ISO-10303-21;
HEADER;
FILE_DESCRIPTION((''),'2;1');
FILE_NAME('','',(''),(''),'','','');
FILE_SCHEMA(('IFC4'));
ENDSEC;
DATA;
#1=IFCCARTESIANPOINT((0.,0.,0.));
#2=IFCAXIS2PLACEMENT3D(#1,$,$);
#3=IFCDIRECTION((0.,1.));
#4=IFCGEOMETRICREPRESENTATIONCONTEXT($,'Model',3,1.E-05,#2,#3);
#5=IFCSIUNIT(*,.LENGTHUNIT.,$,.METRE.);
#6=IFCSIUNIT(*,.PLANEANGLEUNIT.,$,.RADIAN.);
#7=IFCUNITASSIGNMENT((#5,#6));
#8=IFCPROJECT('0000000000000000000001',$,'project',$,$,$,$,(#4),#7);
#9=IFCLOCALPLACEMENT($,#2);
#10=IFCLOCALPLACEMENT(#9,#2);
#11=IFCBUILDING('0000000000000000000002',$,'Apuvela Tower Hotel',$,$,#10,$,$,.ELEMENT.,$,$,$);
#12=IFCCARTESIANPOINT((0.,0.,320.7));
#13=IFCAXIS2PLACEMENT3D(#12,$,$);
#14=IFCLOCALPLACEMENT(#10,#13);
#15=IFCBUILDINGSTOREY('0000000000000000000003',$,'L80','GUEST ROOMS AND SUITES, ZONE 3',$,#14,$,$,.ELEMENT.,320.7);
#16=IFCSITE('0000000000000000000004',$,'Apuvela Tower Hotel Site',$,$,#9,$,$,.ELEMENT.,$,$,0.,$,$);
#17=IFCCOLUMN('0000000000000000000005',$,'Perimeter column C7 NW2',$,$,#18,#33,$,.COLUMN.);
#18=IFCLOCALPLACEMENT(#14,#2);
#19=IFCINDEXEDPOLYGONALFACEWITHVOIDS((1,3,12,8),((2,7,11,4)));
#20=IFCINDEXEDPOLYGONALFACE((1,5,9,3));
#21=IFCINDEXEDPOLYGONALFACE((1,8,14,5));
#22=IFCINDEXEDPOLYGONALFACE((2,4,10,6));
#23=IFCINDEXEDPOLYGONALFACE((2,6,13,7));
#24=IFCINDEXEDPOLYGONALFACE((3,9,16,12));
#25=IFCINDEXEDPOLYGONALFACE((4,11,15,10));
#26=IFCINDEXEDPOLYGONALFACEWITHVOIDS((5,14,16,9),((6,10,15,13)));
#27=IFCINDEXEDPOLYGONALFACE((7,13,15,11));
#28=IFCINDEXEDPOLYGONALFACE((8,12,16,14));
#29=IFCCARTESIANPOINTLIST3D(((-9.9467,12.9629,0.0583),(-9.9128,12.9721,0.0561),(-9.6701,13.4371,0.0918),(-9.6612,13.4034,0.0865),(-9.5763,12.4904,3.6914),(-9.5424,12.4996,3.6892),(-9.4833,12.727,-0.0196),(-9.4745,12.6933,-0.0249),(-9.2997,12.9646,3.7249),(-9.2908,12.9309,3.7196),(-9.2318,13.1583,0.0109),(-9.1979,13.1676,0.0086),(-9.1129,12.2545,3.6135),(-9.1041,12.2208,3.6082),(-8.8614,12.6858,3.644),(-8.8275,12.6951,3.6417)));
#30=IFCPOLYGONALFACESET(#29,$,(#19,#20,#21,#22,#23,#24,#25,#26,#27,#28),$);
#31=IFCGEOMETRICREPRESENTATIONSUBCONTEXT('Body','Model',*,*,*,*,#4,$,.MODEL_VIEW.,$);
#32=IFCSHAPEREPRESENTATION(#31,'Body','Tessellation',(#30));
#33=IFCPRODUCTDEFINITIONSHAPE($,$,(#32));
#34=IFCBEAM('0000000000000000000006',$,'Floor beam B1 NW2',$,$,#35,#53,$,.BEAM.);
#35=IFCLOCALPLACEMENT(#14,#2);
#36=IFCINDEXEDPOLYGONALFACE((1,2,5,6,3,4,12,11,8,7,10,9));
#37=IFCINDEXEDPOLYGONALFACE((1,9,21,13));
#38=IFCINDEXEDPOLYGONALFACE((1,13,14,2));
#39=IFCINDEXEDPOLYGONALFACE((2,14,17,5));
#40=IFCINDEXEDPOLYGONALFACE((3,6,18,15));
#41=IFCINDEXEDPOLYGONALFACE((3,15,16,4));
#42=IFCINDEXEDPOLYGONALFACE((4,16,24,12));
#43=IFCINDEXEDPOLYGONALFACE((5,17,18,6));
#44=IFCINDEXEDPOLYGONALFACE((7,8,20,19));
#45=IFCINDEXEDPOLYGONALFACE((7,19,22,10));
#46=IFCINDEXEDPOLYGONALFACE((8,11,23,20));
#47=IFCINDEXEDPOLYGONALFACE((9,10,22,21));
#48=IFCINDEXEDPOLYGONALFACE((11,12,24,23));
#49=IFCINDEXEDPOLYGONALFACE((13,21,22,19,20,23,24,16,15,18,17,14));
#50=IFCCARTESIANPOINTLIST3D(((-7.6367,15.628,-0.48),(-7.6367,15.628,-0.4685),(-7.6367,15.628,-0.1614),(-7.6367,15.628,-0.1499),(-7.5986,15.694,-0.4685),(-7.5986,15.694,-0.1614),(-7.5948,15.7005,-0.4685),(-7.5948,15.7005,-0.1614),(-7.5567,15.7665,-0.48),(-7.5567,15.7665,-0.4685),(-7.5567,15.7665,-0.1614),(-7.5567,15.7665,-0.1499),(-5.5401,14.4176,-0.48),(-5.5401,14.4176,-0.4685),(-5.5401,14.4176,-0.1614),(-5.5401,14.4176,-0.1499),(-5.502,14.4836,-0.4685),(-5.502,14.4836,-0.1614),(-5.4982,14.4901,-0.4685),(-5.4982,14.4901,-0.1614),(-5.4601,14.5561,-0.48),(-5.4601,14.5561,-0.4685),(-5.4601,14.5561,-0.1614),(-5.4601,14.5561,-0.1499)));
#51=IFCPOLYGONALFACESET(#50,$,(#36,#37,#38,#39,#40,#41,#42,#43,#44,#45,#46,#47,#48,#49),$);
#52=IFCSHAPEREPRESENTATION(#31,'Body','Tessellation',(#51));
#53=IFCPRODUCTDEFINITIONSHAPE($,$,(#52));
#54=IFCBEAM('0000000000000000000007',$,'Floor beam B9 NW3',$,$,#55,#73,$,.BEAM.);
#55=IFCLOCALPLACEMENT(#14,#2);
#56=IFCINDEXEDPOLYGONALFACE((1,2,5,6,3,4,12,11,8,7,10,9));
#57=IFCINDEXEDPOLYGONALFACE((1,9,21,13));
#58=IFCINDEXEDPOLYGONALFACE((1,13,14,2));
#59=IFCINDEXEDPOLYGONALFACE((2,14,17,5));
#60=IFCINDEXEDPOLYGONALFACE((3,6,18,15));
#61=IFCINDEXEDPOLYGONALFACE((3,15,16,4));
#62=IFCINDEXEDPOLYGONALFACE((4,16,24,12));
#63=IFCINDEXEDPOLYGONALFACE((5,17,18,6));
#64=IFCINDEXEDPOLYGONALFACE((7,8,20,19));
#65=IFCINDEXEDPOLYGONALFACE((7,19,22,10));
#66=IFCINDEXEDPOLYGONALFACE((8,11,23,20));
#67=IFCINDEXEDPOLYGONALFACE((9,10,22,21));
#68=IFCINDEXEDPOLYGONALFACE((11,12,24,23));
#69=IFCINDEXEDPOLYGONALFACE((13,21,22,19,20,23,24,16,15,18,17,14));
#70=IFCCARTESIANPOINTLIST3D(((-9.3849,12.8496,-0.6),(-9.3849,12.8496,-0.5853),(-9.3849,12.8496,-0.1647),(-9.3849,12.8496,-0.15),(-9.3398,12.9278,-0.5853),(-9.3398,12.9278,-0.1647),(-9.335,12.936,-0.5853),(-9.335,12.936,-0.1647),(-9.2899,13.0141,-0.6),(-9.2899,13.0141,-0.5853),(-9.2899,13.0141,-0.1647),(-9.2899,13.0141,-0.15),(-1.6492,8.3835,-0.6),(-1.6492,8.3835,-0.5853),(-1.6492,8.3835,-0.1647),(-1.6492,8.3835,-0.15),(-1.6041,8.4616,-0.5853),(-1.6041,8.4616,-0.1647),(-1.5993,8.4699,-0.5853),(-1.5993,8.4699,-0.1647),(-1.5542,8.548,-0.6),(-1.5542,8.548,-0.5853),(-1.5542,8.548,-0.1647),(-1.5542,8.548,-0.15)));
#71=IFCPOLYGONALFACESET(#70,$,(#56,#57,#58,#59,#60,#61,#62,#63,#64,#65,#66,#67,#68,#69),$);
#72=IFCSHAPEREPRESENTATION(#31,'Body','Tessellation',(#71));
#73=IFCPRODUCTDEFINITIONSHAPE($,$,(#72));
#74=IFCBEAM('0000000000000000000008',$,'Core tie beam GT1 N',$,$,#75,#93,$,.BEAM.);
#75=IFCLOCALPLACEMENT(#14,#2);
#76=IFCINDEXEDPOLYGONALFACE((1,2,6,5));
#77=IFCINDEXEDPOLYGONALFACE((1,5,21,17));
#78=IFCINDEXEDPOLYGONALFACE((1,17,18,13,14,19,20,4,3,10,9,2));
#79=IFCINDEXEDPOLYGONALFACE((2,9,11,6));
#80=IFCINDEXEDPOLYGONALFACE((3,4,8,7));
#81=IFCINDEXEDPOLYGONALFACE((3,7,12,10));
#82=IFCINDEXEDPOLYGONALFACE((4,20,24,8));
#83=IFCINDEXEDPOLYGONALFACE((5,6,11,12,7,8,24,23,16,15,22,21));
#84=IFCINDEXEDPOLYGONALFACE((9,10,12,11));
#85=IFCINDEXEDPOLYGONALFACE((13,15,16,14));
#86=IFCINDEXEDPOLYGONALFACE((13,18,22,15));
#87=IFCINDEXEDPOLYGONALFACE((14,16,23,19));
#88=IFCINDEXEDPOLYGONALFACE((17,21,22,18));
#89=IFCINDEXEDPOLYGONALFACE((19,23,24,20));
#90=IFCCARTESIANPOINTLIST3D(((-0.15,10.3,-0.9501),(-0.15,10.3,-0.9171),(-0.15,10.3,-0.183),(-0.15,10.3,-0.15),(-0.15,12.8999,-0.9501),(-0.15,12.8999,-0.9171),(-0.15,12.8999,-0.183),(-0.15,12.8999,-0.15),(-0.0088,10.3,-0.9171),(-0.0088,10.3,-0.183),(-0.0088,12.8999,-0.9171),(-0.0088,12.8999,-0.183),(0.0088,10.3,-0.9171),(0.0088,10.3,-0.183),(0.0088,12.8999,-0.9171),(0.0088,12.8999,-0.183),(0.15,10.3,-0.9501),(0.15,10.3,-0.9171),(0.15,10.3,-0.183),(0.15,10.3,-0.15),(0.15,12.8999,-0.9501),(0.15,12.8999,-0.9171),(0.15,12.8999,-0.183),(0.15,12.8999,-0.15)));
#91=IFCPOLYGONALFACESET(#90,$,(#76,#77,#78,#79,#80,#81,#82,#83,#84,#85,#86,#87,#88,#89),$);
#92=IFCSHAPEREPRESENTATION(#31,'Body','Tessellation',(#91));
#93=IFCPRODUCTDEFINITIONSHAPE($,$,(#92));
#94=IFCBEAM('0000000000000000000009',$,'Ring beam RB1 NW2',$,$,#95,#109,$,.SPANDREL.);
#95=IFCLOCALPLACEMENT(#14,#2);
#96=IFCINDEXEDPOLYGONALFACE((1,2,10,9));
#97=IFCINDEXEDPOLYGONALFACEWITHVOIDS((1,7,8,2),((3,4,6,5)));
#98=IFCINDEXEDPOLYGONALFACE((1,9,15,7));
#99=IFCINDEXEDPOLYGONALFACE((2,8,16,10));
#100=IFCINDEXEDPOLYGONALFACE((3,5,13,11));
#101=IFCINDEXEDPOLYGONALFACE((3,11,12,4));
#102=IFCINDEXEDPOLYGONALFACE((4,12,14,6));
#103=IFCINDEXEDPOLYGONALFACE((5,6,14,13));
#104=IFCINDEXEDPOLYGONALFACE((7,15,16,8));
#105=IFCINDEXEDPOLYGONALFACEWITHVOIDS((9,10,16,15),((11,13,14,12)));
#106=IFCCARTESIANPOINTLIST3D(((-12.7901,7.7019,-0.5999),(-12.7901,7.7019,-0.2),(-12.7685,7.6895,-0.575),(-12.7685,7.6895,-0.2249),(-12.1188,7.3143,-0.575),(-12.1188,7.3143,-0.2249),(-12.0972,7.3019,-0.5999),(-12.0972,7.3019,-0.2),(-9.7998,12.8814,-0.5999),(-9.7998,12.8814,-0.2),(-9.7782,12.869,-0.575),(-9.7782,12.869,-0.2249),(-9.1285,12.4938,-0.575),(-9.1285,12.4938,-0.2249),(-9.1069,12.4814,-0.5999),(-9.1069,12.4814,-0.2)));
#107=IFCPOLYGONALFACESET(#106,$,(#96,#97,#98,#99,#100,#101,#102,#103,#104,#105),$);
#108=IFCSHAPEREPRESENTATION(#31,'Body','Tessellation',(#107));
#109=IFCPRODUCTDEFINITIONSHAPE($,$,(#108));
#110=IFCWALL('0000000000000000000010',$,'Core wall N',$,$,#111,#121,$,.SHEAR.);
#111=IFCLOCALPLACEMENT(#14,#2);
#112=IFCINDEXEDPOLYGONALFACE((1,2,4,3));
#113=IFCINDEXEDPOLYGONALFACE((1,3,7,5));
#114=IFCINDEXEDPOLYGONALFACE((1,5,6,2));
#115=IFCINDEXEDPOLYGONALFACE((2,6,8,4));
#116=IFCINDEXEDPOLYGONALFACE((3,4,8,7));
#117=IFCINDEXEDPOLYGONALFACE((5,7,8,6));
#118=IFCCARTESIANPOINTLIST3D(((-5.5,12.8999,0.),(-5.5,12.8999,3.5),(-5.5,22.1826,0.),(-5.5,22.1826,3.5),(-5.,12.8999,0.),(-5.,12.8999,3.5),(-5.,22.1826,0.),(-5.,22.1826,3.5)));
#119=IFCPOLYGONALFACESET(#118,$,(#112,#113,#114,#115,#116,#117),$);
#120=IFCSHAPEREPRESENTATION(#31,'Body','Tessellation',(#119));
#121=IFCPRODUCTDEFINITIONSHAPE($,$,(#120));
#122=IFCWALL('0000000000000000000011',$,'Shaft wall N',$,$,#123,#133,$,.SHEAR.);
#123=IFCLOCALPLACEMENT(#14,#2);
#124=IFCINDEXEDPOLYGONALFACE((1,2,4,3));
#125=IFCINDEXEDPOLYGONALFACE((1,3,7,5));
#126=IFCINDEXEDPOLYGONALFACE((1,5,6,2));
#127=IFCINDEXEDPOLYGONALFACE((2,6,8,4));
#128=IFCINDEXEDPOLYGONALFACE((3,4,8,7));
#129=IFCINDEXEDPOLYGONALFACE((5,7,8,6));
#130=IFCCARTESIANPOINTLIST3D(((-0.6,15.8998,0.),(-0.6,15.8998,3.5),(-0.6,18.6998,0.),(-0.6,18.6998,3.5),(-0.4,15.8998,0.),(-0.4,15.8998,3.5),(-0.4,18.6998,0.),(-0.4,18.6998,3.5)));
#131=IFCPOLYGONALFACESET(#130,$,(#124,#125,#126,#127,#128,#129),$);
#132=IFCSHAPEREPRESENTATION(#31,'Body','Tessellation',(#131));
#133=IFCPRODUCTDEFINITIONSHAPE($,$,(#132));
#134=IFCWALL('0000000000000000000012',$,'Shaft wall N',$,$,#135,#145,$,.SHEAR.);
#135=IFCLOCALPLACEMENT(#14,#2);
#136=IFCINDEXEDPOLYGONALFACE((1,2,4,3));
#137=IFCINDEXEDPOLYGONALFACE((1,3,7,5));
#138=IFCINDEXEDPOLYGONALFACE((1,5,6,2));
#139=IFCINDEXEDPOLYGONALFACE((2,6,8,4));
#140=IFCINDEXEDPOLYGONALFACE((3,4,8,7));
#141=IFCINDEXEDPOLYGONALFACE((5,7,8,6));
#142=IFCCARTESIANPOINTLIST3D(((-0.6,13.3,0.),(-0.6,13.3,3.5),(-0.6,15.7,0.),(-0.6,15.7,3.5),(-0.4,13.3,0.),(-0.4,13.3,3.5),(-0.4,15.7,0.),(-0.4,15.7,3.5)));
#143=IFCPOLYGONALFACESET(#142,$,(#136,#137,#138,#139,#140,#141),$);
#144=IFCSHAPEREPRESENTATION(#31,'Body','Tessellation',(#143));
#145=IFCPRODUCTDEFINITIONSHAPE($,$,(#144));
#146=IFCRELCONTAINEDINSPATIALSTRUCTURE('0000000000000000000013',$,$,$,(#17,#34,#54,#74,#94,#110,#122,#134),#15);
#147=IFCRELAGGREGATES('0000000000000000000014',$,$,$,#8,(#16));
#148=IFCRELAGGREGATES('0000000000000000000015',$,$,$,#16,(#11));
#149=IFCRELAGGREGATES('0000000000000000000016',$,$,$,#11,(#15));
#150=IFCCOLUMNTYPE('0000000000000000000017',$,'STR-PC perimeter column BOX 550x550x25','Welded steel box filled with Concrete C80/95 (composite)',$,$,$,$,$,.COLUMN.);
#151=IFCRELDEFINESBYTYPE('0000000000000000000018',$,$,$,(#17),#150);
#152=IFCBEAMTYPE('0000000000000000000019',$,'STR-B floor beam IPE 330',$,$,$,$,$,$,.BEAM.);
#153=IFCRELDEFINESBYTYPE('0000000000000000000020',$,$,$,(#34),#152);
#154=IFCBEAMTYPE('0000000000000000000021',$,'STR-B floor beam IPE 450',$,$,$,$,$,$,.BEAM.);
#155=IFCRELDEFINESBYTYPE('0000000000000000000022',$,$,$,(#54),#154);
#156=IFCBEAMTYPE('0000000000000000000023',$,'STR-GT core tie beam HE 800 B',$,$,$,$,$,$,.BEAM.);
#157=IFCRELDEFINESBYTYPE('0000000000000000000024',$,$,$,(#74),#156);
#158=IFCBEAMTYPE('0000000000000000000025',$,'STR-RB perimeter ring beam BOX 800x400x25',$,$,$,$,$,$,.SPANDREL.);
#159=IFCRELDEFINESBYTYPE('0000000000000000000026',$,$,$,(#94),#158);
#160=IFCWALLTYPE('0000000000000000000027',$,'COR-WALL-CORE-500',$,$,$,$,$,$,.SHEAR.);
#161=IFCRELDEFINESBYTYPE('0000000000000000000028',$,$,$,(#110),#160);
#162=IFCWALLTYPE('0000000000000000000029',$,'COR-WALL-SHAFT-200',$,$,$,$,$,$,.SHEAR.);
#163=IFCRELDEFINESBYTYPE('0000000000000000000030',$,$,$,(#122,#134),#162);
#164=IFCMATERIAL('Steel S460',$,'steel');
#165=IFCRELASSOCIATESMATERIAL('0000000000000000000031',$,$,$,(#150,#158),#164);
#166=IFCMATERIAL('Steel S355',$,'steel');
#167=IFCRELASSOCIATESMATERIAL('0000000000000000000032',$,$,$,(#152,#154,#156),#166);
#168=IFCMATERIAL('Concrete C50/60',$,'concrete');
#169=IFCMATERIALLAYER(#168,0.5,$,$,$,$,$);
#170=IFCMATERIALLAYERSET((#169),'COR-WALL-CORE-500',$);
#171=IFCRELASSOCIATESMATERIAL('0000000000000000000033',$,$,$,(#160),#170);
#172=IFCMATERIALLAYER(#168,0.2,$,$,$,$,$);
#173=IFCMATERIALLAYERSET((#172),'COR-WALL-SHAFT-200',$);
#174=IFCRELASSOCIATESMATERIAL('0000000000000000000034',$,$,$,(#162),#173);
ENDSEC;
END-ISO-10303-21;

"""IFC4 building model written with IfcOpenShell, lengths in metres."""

from ifc_helpers import new_model, si_unit, direction, frame, frame_2d, origin, origin_2d, place, context, subcontext, project, spatial, rectangle, hollow_rectangle, i_section, extrude, boolean, halfspace, material, layer, layer_set, material_profile, profile_set, type_object, element, save


model = new_model("IFC4")

# Units and contexts
model_context = context("Model", 3, precision=1e-05, world=origin(), true_north=direction((0.0, 1.0)))
body_context = subcontext(model_context, "Body", "Model", "MODEL_VIEW")
ifc_project = project(units=[si_unit("LENGTHUNIT", "METRE"), si_unit("PLANEANGLEUNIT", "RADIAN")], contexts=[model_context])

# Site, building, storey
site_placement = place(None, origin())
site = spatial("IfcSite", under=ifc_project, at=site_placement, Name="Apuvela Tower Hotel Site", CompositionType="ELEMENT", RefElevation=0.0)
building_placement = place(site_placement, origin())
building = spatial("IfcBuilding", under=site, at=building_placement, Name="Apuvela Tower Hotel", CompositionType="ELEMENT")
storey_placement = place(building_placement, frame((0.0, 0.0, 320.7)))
storey = spatial("IfcBuildingStorey", under=building, at=storey_placement, Name="L80", Description="GUEST ROOMS AND SUITES, ZONE 3", CompositionType="ELEMENT", Elevation=320.7)

# Column
ifc_material_1 = material(Name="Steel S460", Category="steel")
ifc_material_profile_1 = material_profile(ifc_material_1, hollow_rectangle(XDim=0.55, YDim=0.55, WallThickness=0.0249, at=origin_2d()), Name="BOX 550x550x25")
ifc_material_2 = material(Name="Concrete C80/95", Category="concrete")
ifc_material_profile_2 = material_profile(ifc_material_2, rectangle(XDim=0.5, YDim=0.5, at=origin_2d()), Name="Concrete C80/95 infill")
ifc_profile_set_1 = profile_set([ifc_material_profile_1, ifc_material_profile_2], Name="Steel S460")
column_type = type_object("IfcColumnType", Name="STR-PC perimeter column BOX 550x550x25", Description="Welded steel box filled with Concrete C80/95 (composite)", PredefinedType="COLUMN", material=ifc_profile_set_1)
column_placement = place(storey_placement, frame((-9.5757, 13.0696, 0.0), z_axis=(0.100582, -0.128316, 0.98662), x_axis=(0.50286, 0.862222, 0.060872)))
element("IfcColumn", 1, at=column_placement, inside=storey, type_object=column_type, Name="Perimeter column C7 NW2", PredefinedType="COLUMN", context=body_context, shape_type="SweptSolid", body=[
    boolean("DIFFERENCE", boolean("DIFFERENCE", extrude(hollow_rectangle(XDim=0.55, YDim=0.55, WallThickness=0.0249, at=origin_2d()), origin(), (0.0, 0.0, 1.0), 3.7502), halfspace(frame((0.0, 0.0, 0.0339), z_axis=(0.0, 0.0, 1.0), x_axis=(1.0, 0.0, 0.0)), True)), halfspace(frame((0.0, 0.0, 3.7163), z_axis=(0.0, 0.0, 1.0), x_axis=(1.0, 0.0, 0.0)), False)),
])

# Beams
ifc_material_3 = material(Name="Steel S355", Category="steel")
ifc_material_profile_3 = material_profile(ifc_material_3, i_section(OverallWidth=0.1599, OverallDepth=0.3301, WebThickness=0.0076, FlangeThickness=0.0115, at=origin_2d()), Name="IPE 330")
ifc_profile_set_2 = profile_set([ifc_material_profile_3], Name="Steel S355")
beam_type_1 = type_object("IfcBeamType", Name="STR-B floor beam IPE 330", PredefinedType="BEAM", material=ifc_profile_set_2)
beam_1_placement = place(storey_placement, frame((-7.5967, 15.6973, -0.3149), z_axis=(0.866038, -0.499979, 0.0), x_axis=(0.499979, 0.866038, 0.0)))
element("IfcBeam", 2, at=beam_1_placement, inside=storey, type_object=beam_type_1, Name="Floor beam B1 NW2", PredefinedType="BEAM", context=body_context, shape_type="SweptSolid", body=[
    extrude(i_section(OverallWidth=0.1599, OverallDepth=0.3301, WebThickness=0.0076, FlangeThickness=0.0115, at=origin_2d()), origin(), (0.0, 0.0, 1.0), 2.4209),
])
ifc_material_profile_4 = material_profile(ifc_material_3, i_section(OverallWidth=0.1899, OverallDepth=0.45, WebThickness=0.0095, FlangeThickness=0.0146, at=origin_2d()), Name="IPE 450")
ifc_profile_set_3 = profile_set([ifc_material_profile_4], Name="Steel S355")
beam_type_2 = type_object("IfcBeamType", Name="STR-B floor beam IPE 450", PredefinedType="BEAM", material=ifc_profile_set_3)
beam_2_placement = place(storey_placement, frame((-9.3374, 12.9319, -0.375), z_axis=(0.866029, -0.499993, 0.0), x_axis=(0.499993, 0.866029, 0.0)))
element("IfcBeam", 3, at=beam_2_placement, inside=storey, type_object=beam_type_2, Name="Floor beam B9 NW3", PredefinedType="BEAM", context=body_context, shape_type="SweptSolid", body=[
    extrude(i_section(OverallWidth=0.1899, OverallDepth=0.45, WebThickness=0.0095, FlangeThickness=0.0146, at=origin_2d()), origin(), (0.0, 0.0, 1.0), 8.9324),
])
ifc_material_profile_5 = material_profile(ifc_material_3, i_section(OverallWidth=0.3, OverallDepth=0.8, WebThickness=0.0176, FlangeThickness=0.033, at=origin_2d()), Name="HE 800 B")
ifc_profile_set_4 = profile_set([ifc_material_profile_5], Name="Steel S355")
beam_type_3 = type_object("IfcBeamType", Name="STR-GT core tie beam HE 800 B", PredefinedType="BEAM", material=ifc_profile_set_4)
beam_3_placement = place(storey_placement, frame((0.0, 12.8999, -0.55), z_axis=(0.0, -1.0, 0.0), x_axis=(1.0, 0.0, 0.0)))
element("IfcBeam", 4, at=beam_3_placement, inside=storey, type_object=beam_type_3, Name="Core tie beam GT1 N", PredefinedType="BEAM", context=body_context, shape_type="SweptSolid", body=[
    extrude(i_section(OverallWidth=0.3, OverallDepth=0.8, WebThickness=0.0176, FlangeThickness=0.033, at=origin_2d()), origin(), (0.0, 0.0, 1.0), 2.5999),
])
ifc_material_profile_6 = material_profile(ifc_material_1, hollow_rectangle(XDim=0.8, YDim=0.3999, WallThickness=0.0249, at=origin_2d()), Name="BOX 800x400x25")
ifc_profile_set_5 = profile_set([ifc_material_profile_6], Name="Steel S460")
beam_type_4 = type_object("IfcBeamType", Name="STR-RB perimeter ring beam BOX 800x400x25", PredefinedType="SPANDREL", material=ifc_profile_set_5)
beam_4_placement = place(storey_placement, frame((-9.4534, 12.6814, -0.3999), z_axis=(-0.499985, -0.866034, 0.0), x_axis=(0.866034, -0.499985, 0.0)))
element("IfcBeam", 5, at=beam_4_placement, inside=storey, type_object=beam_type_4, Name="Ring beam RB1 NW2", PredefinedType="SPANDREL", context=body_context, shape_type="SweptSolid", body=[
    extrude(hollow_rectangle(XDim=0.8, YDim=0.3999, WallThickness=0.0249, at=origin_2d()), origin(), (0.0, 0.0, 1.0), 5.9807),
])

# Walls
ifc_material_4 = material(Name="Concrete C50/60", Category="concrete")
ifc_layer_1 = layer(ifc_material_4, 0.5)
ifc_layer_set_1 = layer_set([ifc_layer_1], Name="COR-WALL-CORE-500")
wall_type_1 = type_object("IfcWallType", Name="COR-WALL-CORE-500", PredefinedType="SHEAR", material=ifc_layer_set_1)
wall_1_placement = place(storey_placement, frame((-5.25, 12.8999, 0.0), z_axis=(0.0, 0.0, 1.0), x_axis=(0.0, 1.0, 0.0)))
element("IfcWall", 6, at=wall_1_placement, inside=storey, type_object=wall_type_1, Name="Core wall N", PredefinedType="SHEAR", context=body_context, shape_type="SweptSolid", body=[
    extrude(rectangle(XDim=9.2827, YDim=0.5, at=frame_2d((4.6414, 0.0))), origin(), (0.0, 0.0, 1.0), 3.5),
])
ifc_layer_2 = layer(ifc_material_4, 0.2)
ifc_layer_set_2 = layer_set([ifc_layer_2], Name="COR-WALL-SHAFT-200")
wall_type_2 = type_object("IfcWallType", Name="COR-WALL-SHAFT-200", PredefinedType="SHEAR", material=ifc_layer_set_2)
wall_2_placement = place(storey_placement, frame((-0.5, 15.8999, 0.0), z_axis=(0.0, 0.0, 1.0), x_axis=(0.0, 1.0, 0.0)))
element("IfcWall", 7, at=wall_2_placement, inside=storey, type_object=wall_type_2, Name="Shaft wall N", PredefinedType="SHEAR", context=body_context, shape_type="SweptSolid", body=[
    extrude(rectangle(XDim=2.8, YDim=0.2, at=frame_2d((1.3999, 0.0))), origin(), (0.0, 0.0, 1.0), 3.5),
])
wall_3_placement = place(storey_placement, frame((-0.5, 13.3, 0.0), z_axis=(0.0, 0.0, 1.0), x_axis=(0.0, 1.0, 0.0)))
element("IfcWall", 8, at=wall_3_placement, inside=storey, type_object=wall_type_2, Name="Shaft wall N", PredefinedType="SHEAR", context=body_context, shape_type="SweptSolid", body=[
    extrude(rectangle(XDim=2.3999, YDim=0.2, at=frame_2d((1.2, 0.0))), origin(), (0.0, 0.0, 1.0), 3.5),
])

save(model, "model.ifc")
